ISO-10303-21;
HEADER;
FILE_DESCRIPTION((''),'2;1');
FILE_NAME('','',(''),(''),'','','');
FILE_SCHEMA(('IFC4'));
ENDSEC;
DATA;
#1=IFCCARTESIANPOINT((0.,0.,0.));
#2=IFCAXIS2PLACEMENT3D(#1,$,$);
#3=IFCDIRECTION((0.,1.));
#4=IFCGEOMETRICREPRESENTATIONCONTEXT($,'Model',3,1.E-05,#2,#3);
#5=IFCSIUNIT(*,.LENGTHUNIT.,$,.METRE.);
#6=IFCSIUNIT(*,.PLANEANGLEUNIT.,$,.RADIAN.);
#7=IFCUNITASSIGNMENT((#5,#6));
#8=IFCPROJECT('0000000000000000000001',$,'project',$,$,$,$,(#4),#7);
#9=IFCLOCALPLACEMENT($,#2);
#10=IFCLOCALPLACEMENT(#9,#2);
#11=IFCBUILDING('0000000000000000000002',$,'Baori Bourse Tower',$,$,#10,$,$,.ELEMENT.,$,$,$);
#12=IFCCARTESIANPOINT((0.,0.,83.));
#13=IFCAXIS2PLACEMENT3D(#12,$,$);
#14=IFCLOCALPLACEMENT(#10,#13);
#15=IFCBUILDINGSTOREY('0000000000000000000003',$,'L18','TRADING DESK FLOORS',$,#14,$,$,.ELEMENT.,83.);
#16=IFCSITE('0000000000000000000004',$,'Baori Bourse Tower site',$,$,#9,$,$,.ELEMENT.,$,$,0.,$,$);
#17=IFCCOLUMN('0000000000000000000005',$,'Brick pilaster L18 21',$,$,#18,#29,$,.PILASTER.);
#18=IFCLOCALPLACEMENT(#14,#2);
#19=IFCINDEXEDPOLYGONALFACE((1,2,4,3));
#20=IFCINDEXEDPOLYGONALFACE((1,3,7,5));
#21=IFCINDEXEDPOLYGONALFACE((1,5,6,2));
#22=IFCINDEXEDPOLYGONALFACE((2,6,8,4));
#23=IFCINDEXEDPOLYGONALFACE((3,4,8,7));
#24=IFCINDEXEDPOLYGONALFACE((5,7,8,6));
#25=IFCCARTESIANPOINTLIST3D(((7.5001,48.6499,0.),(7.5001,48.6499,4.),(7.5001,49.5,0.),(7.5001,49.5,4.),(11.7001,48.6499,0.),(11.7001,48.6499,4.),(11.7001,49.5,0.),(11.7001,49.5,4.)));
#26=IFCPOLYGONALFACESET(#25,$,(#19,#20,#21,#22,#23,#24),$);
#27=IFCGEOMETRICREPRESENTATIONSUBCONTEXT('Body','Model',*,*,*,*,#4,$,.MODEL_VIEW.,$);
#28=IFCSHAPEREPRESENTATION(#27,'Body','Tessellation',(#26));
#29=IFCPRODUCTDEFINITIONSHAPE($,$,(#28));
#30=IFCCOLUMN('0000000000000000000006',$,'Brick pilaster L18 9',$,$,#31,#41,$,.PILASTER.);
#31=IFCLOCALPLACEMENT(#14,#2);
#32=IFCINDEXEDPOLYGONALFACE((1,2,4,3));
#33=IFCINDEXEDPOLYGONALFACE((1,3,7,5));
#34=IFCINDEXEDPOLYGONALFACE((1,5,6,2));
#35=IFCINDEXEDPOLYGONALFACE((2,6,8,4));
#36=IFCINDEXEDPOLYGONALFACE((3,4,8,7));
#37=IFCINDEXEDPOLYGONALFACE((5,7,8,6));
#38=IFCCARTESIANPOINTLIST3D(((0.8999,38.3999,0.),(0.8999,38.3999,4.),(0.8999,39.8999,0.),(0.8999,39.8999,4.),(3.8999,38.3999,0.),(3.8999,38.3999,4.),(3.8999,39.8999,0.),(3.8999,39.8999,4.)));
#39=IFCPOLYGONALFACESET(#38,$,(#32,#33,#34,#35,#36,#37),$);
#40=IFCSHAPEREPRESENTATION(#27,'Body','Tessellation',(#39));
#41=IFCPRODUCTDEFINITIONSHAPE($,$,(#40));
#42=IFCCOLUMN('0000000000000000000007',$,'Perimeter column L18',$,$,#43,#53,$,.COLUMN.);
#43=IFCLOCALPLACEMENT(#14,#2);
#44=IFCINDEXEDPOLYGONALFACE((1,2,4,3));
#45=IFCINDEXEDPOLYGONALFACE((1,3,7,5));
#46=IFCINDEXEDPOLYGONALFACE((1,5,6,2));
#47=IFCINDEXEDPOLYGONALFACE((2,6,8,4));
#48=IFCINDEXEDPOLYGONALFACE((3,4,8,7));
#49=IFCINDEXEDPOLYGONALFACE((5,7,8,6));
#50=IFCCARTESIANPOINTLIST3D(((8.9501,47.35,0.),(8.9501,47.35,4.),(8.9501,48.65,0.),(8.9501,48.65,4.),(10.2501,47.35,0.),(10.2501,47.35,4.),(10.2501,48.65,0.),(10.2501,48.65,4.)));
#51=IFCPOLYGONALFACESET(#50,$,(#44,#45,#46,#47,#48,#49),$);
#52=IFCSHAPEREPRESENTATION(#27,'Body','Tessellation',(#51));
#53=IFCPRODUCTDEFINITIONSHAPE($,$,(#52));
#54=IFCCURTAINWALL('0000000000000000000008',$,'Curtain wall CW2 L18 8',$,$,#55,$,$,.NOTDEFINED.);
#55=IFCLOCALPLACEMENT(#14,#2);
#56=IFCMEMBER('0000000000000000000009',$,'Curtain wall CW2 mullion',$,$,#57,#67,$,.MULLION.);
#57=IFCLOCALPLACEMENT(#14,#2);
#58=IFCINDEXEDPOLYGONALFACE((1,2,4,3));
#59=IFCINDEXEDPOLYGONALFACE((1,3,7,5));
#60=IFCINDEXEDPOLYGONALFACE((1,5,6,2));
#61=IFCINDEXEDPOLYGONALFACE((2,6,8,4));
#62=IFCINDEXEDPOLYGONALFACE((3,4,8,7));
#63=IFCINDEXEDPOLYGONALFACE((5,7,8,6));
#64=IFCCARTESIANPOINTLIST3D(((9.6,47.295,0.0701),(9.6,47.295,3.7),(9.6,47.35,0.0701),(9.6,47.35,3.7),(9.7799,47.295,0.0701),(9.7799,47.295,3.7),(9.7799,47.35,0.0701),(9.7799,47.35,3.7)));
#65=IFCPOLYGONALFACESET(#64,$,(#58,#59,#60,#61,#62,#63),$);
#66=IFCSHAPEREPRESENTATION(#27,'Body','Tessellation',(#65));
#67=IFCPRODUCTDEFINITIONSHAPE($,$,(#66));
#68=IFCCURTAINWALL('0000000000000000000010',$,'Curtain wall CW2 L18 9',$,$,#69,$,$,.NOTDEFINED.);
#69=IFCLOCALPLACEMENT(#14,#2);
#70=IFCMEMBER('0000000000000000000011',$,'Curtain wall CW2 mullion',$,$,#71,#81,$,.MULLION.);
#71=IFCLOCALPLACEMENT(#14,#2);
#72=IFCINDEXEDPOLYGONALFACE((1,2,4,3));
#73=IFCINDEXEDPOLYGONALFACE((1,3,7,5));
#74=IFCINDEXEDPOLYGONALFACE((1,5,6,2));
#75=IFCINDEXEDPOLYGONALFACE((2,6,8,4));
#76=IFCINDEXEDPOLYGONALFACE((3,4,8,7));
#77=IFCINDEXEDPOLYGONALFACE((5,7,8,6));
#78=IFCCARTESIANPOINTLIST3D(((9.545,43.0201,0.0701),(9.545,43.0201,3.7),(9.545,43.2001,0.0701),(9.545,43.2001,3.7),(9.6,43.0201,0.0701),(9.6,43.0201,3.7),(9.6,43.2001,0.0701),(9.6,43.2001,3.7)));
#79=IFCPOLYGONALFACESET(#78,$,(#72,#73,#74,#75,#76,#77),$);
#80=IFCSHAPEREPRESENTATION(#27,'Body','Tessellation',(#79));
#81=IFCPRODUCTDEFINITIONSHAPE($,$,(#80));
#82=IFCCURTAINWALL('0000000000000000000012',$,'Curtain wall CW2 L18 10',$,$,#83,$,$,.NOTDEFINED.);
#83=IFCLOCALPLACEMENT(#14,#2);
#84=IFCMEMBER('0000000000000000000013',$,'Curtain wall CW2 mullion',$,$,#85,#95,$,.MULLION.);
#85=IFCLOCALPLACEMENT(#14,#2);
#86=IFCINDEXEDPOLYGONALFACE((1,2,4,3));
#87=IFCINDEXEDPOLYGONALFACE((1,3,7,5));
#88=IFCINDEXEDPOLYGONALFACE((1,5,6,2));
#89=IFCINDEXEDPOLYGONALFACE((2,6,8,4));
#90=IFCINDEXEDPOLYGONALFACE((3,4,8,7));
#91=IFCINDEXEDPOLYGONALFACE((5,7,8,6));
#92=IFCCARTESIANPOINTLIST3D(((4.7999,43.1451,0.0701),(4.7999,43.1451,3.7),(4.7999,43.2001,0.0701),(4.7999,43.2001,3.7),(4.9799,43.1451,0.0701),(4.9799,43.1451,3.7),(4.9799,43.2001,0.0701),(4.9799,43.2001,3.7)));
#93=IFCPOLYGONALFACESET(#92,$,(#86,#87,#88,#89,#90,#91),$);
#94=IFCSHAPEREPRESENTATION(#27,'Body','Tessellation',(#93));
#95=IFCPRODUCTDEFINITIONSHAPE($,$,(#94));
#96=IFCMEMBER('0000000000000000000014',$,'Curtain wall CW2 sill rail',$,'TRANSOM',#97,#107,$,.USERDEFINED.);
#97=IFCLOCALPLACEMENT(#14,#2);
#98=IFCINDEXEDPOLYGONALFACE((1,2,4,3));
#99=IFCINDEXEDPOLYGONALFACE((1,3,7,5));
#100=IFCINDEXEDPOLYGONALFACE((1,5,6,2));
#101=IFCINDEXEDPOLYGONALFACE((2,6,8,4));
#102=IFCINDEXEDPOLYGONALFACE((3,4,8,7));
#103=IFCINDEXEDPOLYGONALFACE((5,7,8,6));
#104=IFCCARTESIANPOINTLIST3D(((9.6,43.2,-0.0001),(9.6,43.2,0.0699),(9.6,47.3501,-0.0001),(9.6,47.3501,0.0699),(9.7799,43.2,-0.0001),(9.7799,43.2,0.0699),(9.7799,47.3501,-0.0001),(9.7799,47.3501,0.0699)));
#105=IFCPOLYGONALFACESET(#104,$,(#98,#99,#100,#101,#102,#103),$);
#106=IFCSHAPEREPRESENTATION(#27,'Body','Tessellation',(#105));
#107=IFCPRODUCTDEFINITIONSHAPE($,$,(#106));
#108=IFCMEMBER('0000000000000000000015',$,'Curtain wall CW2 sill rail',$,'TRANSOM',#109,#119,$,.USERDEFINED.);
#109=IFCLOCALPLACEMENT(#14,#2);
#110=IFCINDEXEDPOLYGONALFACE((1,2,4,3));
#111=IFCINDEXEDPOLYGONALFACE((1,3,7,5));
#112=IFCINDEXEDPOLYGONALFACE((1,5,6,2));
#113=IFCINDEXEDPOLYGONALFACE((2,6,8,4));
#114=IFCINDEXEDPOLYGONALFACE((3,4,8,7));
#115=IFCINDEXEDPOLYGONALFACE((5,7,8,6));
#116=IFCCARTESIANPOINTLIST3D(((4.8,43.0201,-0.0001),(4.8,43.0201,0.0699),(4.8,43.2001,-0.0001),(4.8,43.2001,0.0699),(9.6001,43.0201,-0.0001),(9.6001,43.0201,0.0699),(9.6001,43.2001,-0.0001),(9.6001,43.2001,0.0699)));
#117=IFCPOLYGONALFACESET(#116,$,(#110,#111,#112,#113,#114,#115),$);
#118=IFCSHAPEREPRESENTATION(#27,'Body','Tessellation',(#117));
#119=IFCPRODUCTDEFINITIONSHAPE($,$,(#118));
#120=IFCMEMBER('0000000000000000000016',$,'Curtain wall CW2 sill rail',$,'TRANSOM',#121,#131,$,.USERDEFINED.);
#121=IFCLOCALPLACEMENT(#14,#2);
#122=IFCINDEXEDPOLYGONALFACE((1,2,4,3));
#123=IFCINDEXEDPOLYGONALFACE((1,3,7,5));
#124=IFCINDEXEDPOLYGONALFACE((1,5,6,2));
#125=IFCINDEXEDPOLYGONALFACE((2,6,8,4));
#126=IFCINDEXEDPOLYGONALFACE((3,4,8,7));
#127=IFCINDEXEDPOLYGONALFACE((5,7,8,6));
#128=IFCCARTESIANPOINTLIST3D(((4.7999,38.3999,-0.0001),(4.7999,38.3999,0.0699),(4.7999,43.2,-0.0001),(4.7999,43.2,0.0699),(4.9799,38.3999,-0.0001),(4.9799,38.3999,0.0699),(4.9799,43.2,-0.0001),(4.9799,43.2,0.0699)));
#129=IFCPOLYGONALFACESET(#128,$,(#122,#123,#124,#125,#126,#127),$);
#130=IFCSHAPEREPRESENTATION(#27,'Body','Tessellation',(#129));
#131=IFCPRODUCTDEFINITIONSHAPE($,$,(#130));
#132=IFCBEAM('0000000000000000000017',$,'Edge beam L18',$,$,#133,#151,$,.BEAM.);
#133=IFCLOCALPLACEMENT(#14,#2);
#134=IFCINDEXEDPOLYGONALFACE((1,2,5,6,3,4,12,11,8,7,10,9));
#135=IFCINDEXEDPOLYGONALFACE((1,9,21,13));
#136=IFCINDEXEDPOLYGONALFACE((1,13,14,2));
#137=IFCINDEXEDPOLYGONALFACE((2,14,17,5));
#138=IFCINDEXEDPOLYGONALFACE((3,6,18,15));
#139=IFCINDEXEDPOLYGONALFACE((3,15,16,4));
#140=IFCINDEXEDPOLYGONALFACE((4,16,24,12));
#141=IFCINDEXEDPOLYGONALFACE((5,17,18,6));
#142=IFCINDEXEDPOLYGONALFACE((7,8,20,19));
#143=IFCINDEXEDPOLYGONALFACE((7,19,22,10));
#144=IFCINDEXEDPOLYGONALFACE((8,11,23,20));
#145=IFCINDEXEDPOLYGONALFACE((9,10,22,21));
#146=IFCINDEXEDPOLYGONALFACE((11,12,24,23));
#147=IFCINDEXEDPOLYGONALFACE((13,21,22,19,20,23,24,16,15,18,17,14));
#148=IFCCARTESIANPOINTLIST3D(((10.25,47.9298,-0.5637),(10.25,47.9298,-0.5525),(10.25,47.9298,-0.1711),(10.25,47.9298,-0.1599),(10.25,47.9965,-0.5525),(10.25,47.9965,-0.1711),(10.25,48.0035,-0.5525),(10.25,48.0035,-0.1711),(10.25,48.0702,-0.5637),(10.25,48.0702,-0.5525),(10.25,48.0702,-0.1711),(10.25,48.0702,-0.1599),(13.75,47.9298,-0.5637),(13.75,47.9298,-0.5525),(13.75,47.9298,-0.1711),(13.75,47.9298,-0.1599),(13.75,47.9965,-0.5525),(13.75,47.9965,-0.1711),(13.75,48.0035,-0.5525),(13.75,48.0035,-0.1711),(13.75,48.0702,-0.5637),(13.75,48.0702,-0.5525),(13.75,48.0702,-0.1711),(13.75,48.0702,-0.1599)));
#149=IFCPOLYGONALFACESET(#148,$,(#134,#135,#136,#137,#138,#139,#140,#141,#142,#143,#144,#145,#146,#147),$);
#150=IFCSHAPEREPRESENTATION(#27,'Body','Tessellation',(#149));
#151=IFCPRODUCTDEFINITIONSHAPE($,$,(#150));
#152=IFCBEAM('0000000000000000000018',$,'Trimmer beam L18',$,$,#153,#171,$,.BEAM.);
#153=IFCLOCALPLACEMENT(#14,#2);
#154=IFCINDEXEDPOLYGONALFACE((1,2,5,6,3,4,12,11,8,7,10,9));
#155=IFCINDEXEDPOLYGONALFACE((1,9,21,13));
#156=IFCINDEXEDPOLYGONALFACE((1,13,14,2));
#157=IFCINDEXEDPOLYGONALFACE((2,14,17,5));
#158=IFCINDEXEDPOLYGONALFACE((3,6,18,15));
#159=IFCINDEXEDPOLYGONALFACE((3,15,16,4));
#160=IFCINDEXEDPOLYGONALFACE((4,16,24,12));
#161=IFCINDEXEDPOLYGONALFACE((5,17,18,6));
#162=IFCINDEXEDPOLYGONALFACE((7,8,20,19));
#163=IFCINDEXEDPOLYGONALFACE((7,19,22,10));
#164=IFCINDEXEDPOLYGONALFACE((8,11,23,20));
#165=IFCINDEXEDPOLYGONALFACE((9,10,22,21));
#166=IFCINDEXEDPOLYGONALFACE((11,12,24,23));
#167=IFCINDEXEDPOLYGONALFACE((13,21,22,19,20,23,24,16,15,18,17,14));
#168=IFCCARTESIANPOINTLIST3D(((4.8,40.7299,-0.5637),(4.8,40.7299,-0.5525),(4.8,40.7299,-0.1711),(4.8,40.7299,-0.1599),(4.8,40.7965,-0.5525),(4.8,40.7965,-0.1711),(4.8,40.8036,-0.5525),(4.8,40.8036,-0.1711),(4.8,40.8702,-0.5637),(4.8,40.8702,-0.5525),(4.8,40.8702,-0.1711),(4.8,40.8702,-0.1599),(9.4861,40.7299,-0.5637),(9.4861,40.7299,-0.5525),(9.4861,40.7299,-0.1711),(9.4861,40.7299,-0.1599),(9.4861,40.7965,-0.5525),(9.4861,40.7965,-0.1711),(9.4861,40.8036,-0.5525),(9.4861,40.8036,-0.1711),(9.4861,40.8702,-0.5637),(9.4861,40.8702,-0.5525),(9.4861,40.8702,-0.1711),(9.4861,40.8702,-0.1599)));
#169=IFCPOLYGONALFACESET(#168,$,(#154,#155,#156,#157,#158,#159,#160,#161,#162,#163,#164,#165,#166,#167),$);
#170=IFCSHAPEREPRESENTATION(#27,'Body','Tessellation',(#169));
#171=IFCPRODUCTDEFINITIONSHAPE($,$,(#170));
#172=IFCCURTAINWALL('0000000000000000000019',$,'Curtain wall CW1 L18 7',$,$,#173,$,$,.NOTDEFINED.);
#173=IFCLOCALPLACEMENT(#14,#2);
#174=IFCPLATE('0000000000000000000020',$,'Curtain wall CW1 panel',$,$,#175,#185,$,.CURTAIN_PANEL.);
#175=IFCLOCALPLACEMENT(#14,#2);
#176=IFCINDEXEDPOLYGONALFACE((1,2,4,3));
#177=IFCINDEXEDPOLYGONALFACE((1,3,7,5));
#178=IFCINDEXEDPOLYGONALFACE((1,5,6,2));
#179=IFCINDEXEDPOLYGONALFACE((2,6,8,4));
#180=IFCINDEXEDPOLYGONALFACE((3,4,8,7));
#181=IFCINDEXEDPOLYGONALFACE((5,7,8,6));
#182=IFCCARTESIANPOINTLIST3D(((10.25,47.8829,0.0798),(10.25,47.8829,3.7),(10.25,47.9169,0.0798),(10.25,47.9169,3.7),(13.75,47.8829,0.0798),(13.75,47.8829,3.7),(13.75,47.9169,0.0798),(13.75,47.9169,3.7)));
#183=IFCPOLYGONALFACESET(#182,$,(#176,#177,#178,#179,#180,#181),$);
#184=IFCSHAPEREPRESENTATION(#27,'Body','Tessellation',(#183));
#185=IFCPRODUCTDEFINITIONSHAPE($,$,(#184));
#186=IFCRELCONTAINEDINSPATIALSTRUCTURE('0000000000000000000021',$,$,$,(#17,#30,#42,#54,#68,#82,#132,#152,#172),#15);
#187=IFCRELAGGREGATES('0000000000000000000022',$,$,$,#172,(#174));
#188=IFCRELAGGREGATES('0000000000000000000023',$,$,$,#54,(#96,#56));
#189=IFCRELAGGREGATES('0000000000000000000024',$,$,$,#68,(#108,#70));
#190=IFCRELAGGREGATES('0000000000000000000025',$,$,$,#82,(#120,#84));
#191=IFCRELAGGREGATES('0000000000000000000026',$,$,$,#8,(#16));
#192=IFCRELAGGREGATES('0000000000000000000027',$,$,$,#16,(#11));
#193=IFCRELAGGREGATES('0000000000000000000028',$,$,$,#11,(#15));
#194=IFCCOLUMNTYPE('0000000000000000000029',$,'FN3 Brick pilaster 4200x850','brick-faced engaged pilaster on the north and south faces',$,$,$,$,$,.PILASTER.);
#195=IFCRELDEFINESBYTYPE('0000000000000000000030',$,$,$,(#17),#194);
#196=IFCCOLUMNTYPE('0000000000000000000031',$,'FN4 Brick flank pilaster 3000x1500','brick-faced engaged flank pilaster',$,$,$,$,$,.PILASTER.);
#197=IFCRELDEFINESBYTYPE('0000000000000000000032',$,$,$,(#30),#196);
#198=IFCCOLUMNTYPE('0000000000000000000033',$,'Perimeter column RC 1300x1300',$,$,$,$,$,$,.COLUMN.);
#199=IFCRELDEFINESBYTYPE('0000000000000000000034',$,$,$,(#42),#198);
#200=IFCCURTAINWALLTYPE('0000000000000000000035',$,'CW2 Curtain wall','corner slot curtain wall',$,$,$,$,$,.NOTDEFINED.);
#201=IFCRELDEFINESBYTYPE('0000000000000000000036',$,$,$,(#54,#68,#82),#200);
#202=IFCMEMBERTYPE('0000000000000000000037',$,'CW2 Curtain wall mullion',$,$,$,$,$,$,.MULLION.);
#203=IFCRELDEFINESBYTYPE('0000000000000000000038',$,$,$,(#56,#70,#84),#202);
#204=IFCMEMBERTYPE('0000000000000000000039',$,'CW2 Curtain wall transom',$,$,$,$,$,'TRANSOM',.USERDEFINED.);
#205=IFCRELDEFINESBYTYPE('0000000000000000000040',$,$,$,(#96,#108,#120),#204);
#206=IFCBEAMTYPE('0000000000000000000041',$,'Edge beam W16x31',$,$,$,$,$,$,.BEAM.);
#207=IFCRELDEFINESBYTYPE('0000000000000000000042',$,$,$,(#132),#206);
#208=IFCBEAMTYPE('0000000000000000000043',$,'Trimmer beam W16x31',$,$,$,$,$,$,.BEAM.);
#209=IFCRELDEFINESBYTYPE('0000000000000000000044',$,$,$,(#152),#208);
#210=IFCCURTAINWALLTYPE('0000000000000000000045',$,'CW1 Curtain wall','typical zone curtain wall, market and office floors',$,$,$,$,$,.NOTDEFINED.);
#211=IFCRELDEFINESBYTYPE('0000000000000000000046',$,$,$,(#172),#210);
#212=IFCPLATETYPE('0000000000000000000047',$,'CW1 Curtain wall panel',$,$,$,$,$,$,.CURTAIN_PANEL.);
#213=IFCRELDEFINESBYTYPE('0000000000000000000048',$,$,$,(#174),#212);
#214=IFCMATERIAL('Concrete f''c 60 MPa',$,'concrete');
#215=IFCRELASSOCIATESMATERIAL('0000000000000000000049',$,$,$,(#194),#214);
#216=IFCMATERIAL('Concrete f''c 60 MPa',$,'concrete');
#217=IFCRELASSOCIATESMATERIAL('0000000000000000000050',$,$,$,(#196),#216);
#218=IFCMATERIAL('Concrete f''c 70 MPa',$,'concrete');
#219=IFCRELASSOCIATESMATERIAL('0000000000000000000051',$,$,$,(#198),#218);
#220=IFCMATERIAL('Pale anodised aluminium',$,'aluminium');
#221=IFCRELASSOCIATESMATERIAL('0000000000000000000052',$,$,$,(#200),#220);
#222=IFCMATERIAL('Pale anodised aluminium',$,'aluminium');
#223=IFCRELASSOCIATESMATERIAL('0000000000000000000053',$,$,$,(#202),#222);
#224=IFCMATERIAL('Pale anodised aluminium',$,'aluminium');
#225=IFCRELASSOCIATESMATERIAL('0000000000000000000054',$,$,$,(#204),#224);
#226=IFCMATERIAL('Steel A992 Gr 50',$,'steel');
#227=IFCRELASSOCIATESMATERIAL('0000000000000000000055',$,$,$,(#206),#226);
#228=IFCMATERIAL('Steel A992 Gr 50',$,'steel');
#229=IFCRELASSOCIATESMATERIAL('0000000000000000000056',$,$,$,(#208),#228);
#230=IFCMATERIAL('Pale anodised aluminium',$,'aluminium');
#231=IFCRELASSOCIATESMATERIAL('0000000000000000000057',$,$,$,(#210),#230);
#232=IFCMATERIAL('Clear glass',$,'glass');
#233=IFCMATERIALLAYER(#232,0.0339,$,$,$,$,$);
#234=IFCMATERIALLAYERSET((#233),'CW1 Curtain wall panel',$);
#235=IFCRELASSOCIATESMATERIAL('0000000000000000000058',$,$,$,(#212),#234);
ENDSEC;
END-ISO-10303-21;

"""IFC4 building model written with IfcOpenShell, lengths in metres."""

from ifc_helpers import new_model, si_unit, direction, frame, origin, origin_2d, place, context, subcontext, project, spatial, rectangle, i_section, extrude, material, layer, layer_set, material_profile, profile_set, type_object, element, aggregate, save


model = new_model("IFC4")

# Units and contexts
model_context = context("Model", 3, precision=1e-05, world=origin(), true_north=direction((0.0, 1.0)))
body_context = subcontext(model_context, "Body", "Model", "MODEL_VIEW")
ifc_project = project(units=[si_unit("LENGTHUNIT", "METRE"), si_unit("PLANEANGLEUNIT", "RADIAN")], contexts=[model_context])

# Site, building, storey
site_placement = place(None, origin())
site = spatial("IfcSite", under=ifc_project, at=site_placement, Name="Baori Bourse Tower site", CompositionType="ELEMENT", RefElevation=0.0)
building_placement = place(site_placement, origin())
building = spatial("IfcBuilding", under=site, at=building_placement, Name="Baori Bourse Tower", CompositionType="ELEMENT")
storey_placement = place(building_placement, frame((0.0, 0.0, 83.0)))
storey = spatial("IfcBuildingStorey", under=building, at=storey_placement, Name="L18", Description="TRADING DESK FLOORS", CompositionType="ELEMENT", Elevation=83.0)

# Columns
ifc_material_1 = material(Name="Concrete f'c 60 MPa", Category="concrete")
ifc_material_profile_1 = material_profile(ifc_material_1, rectangle(XDim=4.2, YDim=0.8501, at=origin_2d()), Name="RC 4200x850")
ifc_profile_set_1 = profile_set([ifc_material_profile_1], Name="Concrete f'c 60 MPa")
column_type_1 = type_object("IfcColumnType", Name="FN3 Brick pilaster 4200x850", Description="brick-faced engaged pilaster on the north and south faces", PredefinedType="PILASTER", material=ifc_profile_set_1)
column_1_placement = place(storey_placement, frame((9.6001, 49.075, 0.0), z_axis=(0.0, 0.0, 1.0), x_axis=(1.0, 0.0, 0.0)))
element("IfcColumn", 1, at=column_1_placement, inside=storey, type_object=column_type_1, Name="Brick pilaster L18 21", PredefinedType="PILASTER", context=body_context, shape_type="SweptSolid", body=[
    extrude(rectangle(XDim=4.2, YDim=0.8501, at=origin_2d()), origin(), (0.0, 0.0, 1.0), 4.0),
])
ifc_material_2 = material(Name="Concrete f'c 60 MPa", Category="concrete")
ifc_material_profile_2 = material_profile(ifc_material_2, rectangle(XDim=3.0, YDim=1.5, at=origin_2d()), Name="RC 3000x1500")
ifc_profile_set_2 = profile_set([ifc_material_profile_2], Name="Concrete f'c 60 MPa")
column_type_2 = type_object("IfcColumnType", Name="FN4 Brick flank pilaster 3000x1500", Description="brick-faced engaged flank pilaster", PredefinedType="PILASTER", material=ifc_profile_set_2)
column_2_placement = place(storey_placement, frame((2.3999, 39.1499, 0.0), z_axis=(0.0, 0.0, 1.0), x_axis=(1.0, 0.0, 0.0)))
element("IfcColumn", 2, at=column_2_placement, inside=storey, type_object=column_type_2, Name="Brick pilaster L18 9", PredefinedType="PILASTER", context=body_context, shape_type="SweptSolid", body=[
    extrude(rectangle(XDim=3.0, YDim=1.5, at=origin_2d()), origin(), (0.0, 0.0, 1.0), 4.0),
])
ifc_material_3 = material(Name="Concrete f'c 70 MPa", Category="concrete")
ifc_material_profile_3 = material_profile(ifc_material_3, rectangle(XDim=1.3, YDim=1.3, at=origin_2d()), Name="RC 1300x1300")
ifc_profile_set_3 = profile_set([ifc_material_profile_3], Name="Concrete f'c 70 MPa")
column_type_3 = type_object("IfcColumnType", Name="Perimeter column RC 1300x1300", PredefinedType="COLUMN", material=ifc_profile_set_3)
column_3_placement = place(storey_placement, frame((9.6001, 48.0, 0.0), z_axis=(0.0, 0.0, 1.0), x_axis=(1.0, 0.0, 0.0)))
element("IfcColumn", 3, at=column_3_placement, inside=storey, type_object=column_type_3, Name="Perimeter column L18", PredefinedType="COLUMN", context=body_context, shape_type="SweptSolid", body=[
    extrude(rectangle(XDim=1.3, YDim=1.3, at=origin_2d()), origin(), (0.0, 0.0, 1.0), 4.0),
])

# Curtain walls, members
ifc_material_4 = material(Name="Pale anodised aluminium", Category="aluminium")
curtain_wall_type_1 = type_object("IfcCurtainWallType", Name="CW2 Curtain wall", Description="corner slot curtain wall", PredefinedType="NOTDEFINED", material=ifc_material_4)
curtain_wall_1_placement = place(storey_placement, origin())
curtain_wall_1 = element("IfcCurtainWall", 4, at=curtain_wall_1_placement, inside=storey, type_object=curtain_wall_type_1, Name="Curtain wall CW2 L18 8", PredefinedType="NOTDEFINED")
ifc_material_5 = material(Name="Pale anodised aluminium", Category="aluminium")
ifc_material_profile_4 = material_profile(ifc_material_5, rectangle(XDim=0.1799, YDim=0.0549, at=origin_2d()), Name="Mullion 55x180")
ifc_profile_set_4 = profile_set([ifc_material_profile_4], Name="Pale anodised aluminium")
member_type_1 = type_object("IfcMemberType", Name="CW2 Curtain wall mullion", PredefinedType="MULLION", material=ifc_profile_set_4)
member_1_placement = place(storey_placement, frame((9.6899, 47.3225, 0.0701), z_axis=(0.0, 0.0, 1.0), x_axis=(1.0, 0.0, 0.0)))
member_1 = element("IfcMember", 5, at=member_1_placement, type_object=member_type_1, Name="Curtain wall CW2 mullion", PredefinedType="MULLION", context=body_context, shape_type="SweptSolid", body=[
    extrude(rectangle(XDim=0.1799, YDim=0.0549, at=origin_2d()), origin(), (0.0, 0.0, 1.0), 3.6299),
])
curtain_wall_2_placement = place(storey_placement, origin())
curtain_wall_2 = element("IfcCurtainWall", 6, at=curtain_wall_2_placement, inside=storey, type_object=curtain_wall_type_1, Name="Curtain wall CW2 L18 9", PredefinedType="NOTDEFINED")
member_2_placement = place(storey_placement, frame((9.5725, 43.1101, 0.0701), z_axis=(0.0, 0.0, 1.0), x_axis=(0.0, -1.0, 0.0)))
member_2 = element("IfcMember", 7, at=member_2_placement, type_object=member_type_1, Name="Curtain wall CW2 mullion", PredefinedType="MULLION", context=body_context, shape_type="SweptSolid", body=[
    extrude(rectangle(XDim=0.1799, YDim=0.0549, at=origin_2d()), origin(), (0.0, 0.0, 1.0), 3.6299),
])
curtain_wall_3_placement = place(storey_placement, origin())
curtain_wall_3 = element("IfcCurtainWall", 8, at=curtain_wall_3_placement, inside=storey, type_object=curtain_wall_type_1, Name="Curtain wall CW2 L18 10", PredefinedType="NOTDEFINED")
member_3_placement = place(storey_placement, frame((4.8899, 43.1726, 0.0701), z_axis=(0.0, 0.0, 1.0), x_axis=(1.0, 0.0, 0.0)))
member_3 = element("IfcMember", 9, at=member_3_placement, type_object=member_type_1, Name="Curtain wall CW2 mullion", PredefinedType="MULLION", context=body_context, shape_type="SweptSolid", body=[
    extrude(rectangle(XDim=0.1799, YDim=0.0549, at=origin_2d()), origin(), (0.0, 0.0, 1.0), 3.6299),
])

# Members
ifc_material_6 = material(Name="Pale anodised aluminium", Category="aluminium")
ifc_material_profile_5 = material_profile(ifc_material_6, rectangle(XDim=0.1799, YDim=0.0701, at=origin_2d()), Name="Transom 70x180")
ifc_profile_set_5 = profile_set([ifc_material_profile_5], Name="Pale anodised aluminium")
member_type_2 = type_object("IfcMemberType", Name="CW2 Curtain wall transom", ElementType="TRANSOM", PredefinedType="USERDEFINED", material=ifc_profile_set_5)
member_4_placement = place(storey_placement, frame((9.6899, 47.3501, 0.0349), z_axis=(0.0, -1.0, 0.0), x_axis=(1.0, 0.0, 0.0)))
member_4 = element("IfcMember", 10, at=member_4_placement, type_object=member_type_2, Name="Curtain wall CW2 sill rail", ObjectType="TRANSOM", PredefinedType="USERDEFINED", context=body_context, shape_type="SweptSolid", body=[
    extrude(rectangle(XDim=0.1799, YDim=0.0701, at=origin_2d()), origin(), (0.0, 0.0, 1.0), 4.1501),
])
member_5_placement = place(storey_placement, frame((9.6001, 43.1101, 0.0349), z_axis=(-1.0, 0.0, 0.0), x_axis=(0.0, -1.0, 0.0)))
member_5 = element("IfcMember", 11, at=member_5_placement, type_object=member_type_2, Name="Curtain wall CW2 sill rail", ObjectType="TRANSOM", PredefinedType="USERDEFINED", context=body_context, shape_type="SweptSolid", body=[
    extrude(rectangle(XDim=0.1799, YDim=0.0701, at=origin_2d()), origin(), (0.0, 0.0, 1.0), 4.8),
])
member_6_placement = place(storey_placement, frame((4.8899, 43.2, 0.0349), z_axis=(0.0, -1.0, 0.0), x_axis=(1.0, 0.0, 0.0)))
member_6 = element("IfcMember", 12, at=member_6_placement, type_object=member_type_2, Name="Curtain wall CW2 sill rail", ObjectType="TRANSOM", PredefinedType="USERDEFINED", context=body_context, shape_type="SweptSolid", body=[
    extrude(rectangle(XDim=0.1799, YDim=0.0701, at=origin_2d()), origin(), (0.0, 0.0, 1.0), 4.8),
])

# Beams
ifc_material_7 = material(Name="Steel A992 Gr 50", Category="steel")
ifc_material_profile_6 = material_profile(ifc_material_7, i_section(OverallWidth=0.1404, OverallDepth=0.4038, WebThickness=0.0071, FlangeThickness=0.0112, at=origin_2d()), Name="W16x31")
ifc_profile_set_6 = profile_set([ifc_material_profile_6], Name="Steel A992 Gr 50")
beam_type_1 = type_object("IfcBeamType", Name="Edge beam W16x31", PredefinedType="BEAM", material=ifc_profile_set_6)
beam_1_placement = place(storey_placement, frame((10.25, 48.0, -0.3618), z_axis=(1.0, 0.0, 0.0), x_axis=(0.0, 1.0, 0.0)))
element("IfcBeam", 13, at=beam_1_placement, inside=storey, type_object=beam_type_1, Name="Edge beam L18", PredefinedType="BEAM", context=body_context, shape_type="SweptSolid", body=[
    extrude(i_section(OverallWidth=0.1404, OverallDepth=0.4038, WebThickness=0.0071, FlangeThickness=0.0112, at=origin_2d()), origin(), (0.0, 0.0, 1.0), 3.5),
])
ifc_material_8 = material(Name="Steel A992 Gr 50", Category="steel")
ifc_material_profile_7 = material_profile(ifc_material_8, i_section(OverallWidth=0.1404, OverallDepth=0.4038, WebThickness=0.0071, FlangeThickness=0.0112, at=origin_2d()), Name="W16x31")
ifc_profile_set_7 = profile_set([ifc_material_profile_7], Name="Steel A992 Gr 50")
beam_type_2 = type_object("IfcBeamType", Name="Trimmer beam W16x31", PredefinedType="BEAM", material=ifc_profile_set_7)
beam_2_placement = place(storey_placement, frame((4.8, 40.8, -0.3618), z_axis=(1.0, 0.0, 0.0), x_axis=(0.0, 1.0, 0.0)))
element("IfcBeam", 14, at=beam_2_placement, inside=storey, type_object=beam_type_2, Name="Trimmer beam L18", PredefinedType="BEAM", context=body_context, shape_type="SweptSolid", body=[
    extrude(i_section(OverallWidth=0.1404, OverallDepth=0.4038, WebThickness=0.0071, FlangeThickness=0.0112, at=origin_2d()), origin(), (0.0, 0.0, 1.0), 4.686),
])

# Curtain wall, plate
ifc_material_9 = material(Name="Pale anodised aluminium", Category="aluminium")
curtain_wall_type_2 = type_object("IfcCurtainWallType", Name="CW1 Curtain wall", Description="typical zone curtain wall, market and office floors", PredefinedType="NOTDEFINED", material=ifc_material_9)
curtain_wall_4_placement = place(storey_placement, origin())
curtain_wall_4 = element("IfcCurtainWall", 15, at=curtain_wall_4_placement, inside=storey, type_object=curtain_wall_type_2, Name="Curtain wall CW1 L18 7", PredefinedType="NOTDEFINED")
ifc_material_10 = material(Name="Clear glass", Category="glass")
ifc_layer_1 = layer(ifc_material_10, 0.0339)
ifc_layer_set_1 = layer_set([ifc_layer_1], Name="CW1 Curtain wall panel")
plate_type_1 = type_object("IfcPlateType", Name="CW1 Curtain wall panel", PredefinedType="CURTAIN_PANEL", material=ifc_layer_set_1)
plate_1_placement = place(storey_placement, frame((12.0, 47.8999, 0.0798), z_axis=(0.0, 0.0, 1.0), x_axis=(-1.0, 0.0, 0.0)))
plate_1 = element("IfcPlate", 16, at=plate_1_placement, type_object=plate_type_1, Name="Curtain wall CW1 panel", PredefinedType="CURTAIN_PANEL", context=body_context, shape_type="SweptSolid", body=[
    extrude(rectangle(XDim=3.5, YDim=0.0339, at=origin_2d()), origin(), (0.0, 0.0, 1.0), 3.6201),
])
aggregate(curtain_wall_4, [plate_1])

aggregate(curtain_wall_1, [member_4, member_1])
aggregate(curtain_wall_2, [member_5, member_2])
aggregate(curtain_wall_3, [member_6, member_3])

save(model, "model.ifc")
